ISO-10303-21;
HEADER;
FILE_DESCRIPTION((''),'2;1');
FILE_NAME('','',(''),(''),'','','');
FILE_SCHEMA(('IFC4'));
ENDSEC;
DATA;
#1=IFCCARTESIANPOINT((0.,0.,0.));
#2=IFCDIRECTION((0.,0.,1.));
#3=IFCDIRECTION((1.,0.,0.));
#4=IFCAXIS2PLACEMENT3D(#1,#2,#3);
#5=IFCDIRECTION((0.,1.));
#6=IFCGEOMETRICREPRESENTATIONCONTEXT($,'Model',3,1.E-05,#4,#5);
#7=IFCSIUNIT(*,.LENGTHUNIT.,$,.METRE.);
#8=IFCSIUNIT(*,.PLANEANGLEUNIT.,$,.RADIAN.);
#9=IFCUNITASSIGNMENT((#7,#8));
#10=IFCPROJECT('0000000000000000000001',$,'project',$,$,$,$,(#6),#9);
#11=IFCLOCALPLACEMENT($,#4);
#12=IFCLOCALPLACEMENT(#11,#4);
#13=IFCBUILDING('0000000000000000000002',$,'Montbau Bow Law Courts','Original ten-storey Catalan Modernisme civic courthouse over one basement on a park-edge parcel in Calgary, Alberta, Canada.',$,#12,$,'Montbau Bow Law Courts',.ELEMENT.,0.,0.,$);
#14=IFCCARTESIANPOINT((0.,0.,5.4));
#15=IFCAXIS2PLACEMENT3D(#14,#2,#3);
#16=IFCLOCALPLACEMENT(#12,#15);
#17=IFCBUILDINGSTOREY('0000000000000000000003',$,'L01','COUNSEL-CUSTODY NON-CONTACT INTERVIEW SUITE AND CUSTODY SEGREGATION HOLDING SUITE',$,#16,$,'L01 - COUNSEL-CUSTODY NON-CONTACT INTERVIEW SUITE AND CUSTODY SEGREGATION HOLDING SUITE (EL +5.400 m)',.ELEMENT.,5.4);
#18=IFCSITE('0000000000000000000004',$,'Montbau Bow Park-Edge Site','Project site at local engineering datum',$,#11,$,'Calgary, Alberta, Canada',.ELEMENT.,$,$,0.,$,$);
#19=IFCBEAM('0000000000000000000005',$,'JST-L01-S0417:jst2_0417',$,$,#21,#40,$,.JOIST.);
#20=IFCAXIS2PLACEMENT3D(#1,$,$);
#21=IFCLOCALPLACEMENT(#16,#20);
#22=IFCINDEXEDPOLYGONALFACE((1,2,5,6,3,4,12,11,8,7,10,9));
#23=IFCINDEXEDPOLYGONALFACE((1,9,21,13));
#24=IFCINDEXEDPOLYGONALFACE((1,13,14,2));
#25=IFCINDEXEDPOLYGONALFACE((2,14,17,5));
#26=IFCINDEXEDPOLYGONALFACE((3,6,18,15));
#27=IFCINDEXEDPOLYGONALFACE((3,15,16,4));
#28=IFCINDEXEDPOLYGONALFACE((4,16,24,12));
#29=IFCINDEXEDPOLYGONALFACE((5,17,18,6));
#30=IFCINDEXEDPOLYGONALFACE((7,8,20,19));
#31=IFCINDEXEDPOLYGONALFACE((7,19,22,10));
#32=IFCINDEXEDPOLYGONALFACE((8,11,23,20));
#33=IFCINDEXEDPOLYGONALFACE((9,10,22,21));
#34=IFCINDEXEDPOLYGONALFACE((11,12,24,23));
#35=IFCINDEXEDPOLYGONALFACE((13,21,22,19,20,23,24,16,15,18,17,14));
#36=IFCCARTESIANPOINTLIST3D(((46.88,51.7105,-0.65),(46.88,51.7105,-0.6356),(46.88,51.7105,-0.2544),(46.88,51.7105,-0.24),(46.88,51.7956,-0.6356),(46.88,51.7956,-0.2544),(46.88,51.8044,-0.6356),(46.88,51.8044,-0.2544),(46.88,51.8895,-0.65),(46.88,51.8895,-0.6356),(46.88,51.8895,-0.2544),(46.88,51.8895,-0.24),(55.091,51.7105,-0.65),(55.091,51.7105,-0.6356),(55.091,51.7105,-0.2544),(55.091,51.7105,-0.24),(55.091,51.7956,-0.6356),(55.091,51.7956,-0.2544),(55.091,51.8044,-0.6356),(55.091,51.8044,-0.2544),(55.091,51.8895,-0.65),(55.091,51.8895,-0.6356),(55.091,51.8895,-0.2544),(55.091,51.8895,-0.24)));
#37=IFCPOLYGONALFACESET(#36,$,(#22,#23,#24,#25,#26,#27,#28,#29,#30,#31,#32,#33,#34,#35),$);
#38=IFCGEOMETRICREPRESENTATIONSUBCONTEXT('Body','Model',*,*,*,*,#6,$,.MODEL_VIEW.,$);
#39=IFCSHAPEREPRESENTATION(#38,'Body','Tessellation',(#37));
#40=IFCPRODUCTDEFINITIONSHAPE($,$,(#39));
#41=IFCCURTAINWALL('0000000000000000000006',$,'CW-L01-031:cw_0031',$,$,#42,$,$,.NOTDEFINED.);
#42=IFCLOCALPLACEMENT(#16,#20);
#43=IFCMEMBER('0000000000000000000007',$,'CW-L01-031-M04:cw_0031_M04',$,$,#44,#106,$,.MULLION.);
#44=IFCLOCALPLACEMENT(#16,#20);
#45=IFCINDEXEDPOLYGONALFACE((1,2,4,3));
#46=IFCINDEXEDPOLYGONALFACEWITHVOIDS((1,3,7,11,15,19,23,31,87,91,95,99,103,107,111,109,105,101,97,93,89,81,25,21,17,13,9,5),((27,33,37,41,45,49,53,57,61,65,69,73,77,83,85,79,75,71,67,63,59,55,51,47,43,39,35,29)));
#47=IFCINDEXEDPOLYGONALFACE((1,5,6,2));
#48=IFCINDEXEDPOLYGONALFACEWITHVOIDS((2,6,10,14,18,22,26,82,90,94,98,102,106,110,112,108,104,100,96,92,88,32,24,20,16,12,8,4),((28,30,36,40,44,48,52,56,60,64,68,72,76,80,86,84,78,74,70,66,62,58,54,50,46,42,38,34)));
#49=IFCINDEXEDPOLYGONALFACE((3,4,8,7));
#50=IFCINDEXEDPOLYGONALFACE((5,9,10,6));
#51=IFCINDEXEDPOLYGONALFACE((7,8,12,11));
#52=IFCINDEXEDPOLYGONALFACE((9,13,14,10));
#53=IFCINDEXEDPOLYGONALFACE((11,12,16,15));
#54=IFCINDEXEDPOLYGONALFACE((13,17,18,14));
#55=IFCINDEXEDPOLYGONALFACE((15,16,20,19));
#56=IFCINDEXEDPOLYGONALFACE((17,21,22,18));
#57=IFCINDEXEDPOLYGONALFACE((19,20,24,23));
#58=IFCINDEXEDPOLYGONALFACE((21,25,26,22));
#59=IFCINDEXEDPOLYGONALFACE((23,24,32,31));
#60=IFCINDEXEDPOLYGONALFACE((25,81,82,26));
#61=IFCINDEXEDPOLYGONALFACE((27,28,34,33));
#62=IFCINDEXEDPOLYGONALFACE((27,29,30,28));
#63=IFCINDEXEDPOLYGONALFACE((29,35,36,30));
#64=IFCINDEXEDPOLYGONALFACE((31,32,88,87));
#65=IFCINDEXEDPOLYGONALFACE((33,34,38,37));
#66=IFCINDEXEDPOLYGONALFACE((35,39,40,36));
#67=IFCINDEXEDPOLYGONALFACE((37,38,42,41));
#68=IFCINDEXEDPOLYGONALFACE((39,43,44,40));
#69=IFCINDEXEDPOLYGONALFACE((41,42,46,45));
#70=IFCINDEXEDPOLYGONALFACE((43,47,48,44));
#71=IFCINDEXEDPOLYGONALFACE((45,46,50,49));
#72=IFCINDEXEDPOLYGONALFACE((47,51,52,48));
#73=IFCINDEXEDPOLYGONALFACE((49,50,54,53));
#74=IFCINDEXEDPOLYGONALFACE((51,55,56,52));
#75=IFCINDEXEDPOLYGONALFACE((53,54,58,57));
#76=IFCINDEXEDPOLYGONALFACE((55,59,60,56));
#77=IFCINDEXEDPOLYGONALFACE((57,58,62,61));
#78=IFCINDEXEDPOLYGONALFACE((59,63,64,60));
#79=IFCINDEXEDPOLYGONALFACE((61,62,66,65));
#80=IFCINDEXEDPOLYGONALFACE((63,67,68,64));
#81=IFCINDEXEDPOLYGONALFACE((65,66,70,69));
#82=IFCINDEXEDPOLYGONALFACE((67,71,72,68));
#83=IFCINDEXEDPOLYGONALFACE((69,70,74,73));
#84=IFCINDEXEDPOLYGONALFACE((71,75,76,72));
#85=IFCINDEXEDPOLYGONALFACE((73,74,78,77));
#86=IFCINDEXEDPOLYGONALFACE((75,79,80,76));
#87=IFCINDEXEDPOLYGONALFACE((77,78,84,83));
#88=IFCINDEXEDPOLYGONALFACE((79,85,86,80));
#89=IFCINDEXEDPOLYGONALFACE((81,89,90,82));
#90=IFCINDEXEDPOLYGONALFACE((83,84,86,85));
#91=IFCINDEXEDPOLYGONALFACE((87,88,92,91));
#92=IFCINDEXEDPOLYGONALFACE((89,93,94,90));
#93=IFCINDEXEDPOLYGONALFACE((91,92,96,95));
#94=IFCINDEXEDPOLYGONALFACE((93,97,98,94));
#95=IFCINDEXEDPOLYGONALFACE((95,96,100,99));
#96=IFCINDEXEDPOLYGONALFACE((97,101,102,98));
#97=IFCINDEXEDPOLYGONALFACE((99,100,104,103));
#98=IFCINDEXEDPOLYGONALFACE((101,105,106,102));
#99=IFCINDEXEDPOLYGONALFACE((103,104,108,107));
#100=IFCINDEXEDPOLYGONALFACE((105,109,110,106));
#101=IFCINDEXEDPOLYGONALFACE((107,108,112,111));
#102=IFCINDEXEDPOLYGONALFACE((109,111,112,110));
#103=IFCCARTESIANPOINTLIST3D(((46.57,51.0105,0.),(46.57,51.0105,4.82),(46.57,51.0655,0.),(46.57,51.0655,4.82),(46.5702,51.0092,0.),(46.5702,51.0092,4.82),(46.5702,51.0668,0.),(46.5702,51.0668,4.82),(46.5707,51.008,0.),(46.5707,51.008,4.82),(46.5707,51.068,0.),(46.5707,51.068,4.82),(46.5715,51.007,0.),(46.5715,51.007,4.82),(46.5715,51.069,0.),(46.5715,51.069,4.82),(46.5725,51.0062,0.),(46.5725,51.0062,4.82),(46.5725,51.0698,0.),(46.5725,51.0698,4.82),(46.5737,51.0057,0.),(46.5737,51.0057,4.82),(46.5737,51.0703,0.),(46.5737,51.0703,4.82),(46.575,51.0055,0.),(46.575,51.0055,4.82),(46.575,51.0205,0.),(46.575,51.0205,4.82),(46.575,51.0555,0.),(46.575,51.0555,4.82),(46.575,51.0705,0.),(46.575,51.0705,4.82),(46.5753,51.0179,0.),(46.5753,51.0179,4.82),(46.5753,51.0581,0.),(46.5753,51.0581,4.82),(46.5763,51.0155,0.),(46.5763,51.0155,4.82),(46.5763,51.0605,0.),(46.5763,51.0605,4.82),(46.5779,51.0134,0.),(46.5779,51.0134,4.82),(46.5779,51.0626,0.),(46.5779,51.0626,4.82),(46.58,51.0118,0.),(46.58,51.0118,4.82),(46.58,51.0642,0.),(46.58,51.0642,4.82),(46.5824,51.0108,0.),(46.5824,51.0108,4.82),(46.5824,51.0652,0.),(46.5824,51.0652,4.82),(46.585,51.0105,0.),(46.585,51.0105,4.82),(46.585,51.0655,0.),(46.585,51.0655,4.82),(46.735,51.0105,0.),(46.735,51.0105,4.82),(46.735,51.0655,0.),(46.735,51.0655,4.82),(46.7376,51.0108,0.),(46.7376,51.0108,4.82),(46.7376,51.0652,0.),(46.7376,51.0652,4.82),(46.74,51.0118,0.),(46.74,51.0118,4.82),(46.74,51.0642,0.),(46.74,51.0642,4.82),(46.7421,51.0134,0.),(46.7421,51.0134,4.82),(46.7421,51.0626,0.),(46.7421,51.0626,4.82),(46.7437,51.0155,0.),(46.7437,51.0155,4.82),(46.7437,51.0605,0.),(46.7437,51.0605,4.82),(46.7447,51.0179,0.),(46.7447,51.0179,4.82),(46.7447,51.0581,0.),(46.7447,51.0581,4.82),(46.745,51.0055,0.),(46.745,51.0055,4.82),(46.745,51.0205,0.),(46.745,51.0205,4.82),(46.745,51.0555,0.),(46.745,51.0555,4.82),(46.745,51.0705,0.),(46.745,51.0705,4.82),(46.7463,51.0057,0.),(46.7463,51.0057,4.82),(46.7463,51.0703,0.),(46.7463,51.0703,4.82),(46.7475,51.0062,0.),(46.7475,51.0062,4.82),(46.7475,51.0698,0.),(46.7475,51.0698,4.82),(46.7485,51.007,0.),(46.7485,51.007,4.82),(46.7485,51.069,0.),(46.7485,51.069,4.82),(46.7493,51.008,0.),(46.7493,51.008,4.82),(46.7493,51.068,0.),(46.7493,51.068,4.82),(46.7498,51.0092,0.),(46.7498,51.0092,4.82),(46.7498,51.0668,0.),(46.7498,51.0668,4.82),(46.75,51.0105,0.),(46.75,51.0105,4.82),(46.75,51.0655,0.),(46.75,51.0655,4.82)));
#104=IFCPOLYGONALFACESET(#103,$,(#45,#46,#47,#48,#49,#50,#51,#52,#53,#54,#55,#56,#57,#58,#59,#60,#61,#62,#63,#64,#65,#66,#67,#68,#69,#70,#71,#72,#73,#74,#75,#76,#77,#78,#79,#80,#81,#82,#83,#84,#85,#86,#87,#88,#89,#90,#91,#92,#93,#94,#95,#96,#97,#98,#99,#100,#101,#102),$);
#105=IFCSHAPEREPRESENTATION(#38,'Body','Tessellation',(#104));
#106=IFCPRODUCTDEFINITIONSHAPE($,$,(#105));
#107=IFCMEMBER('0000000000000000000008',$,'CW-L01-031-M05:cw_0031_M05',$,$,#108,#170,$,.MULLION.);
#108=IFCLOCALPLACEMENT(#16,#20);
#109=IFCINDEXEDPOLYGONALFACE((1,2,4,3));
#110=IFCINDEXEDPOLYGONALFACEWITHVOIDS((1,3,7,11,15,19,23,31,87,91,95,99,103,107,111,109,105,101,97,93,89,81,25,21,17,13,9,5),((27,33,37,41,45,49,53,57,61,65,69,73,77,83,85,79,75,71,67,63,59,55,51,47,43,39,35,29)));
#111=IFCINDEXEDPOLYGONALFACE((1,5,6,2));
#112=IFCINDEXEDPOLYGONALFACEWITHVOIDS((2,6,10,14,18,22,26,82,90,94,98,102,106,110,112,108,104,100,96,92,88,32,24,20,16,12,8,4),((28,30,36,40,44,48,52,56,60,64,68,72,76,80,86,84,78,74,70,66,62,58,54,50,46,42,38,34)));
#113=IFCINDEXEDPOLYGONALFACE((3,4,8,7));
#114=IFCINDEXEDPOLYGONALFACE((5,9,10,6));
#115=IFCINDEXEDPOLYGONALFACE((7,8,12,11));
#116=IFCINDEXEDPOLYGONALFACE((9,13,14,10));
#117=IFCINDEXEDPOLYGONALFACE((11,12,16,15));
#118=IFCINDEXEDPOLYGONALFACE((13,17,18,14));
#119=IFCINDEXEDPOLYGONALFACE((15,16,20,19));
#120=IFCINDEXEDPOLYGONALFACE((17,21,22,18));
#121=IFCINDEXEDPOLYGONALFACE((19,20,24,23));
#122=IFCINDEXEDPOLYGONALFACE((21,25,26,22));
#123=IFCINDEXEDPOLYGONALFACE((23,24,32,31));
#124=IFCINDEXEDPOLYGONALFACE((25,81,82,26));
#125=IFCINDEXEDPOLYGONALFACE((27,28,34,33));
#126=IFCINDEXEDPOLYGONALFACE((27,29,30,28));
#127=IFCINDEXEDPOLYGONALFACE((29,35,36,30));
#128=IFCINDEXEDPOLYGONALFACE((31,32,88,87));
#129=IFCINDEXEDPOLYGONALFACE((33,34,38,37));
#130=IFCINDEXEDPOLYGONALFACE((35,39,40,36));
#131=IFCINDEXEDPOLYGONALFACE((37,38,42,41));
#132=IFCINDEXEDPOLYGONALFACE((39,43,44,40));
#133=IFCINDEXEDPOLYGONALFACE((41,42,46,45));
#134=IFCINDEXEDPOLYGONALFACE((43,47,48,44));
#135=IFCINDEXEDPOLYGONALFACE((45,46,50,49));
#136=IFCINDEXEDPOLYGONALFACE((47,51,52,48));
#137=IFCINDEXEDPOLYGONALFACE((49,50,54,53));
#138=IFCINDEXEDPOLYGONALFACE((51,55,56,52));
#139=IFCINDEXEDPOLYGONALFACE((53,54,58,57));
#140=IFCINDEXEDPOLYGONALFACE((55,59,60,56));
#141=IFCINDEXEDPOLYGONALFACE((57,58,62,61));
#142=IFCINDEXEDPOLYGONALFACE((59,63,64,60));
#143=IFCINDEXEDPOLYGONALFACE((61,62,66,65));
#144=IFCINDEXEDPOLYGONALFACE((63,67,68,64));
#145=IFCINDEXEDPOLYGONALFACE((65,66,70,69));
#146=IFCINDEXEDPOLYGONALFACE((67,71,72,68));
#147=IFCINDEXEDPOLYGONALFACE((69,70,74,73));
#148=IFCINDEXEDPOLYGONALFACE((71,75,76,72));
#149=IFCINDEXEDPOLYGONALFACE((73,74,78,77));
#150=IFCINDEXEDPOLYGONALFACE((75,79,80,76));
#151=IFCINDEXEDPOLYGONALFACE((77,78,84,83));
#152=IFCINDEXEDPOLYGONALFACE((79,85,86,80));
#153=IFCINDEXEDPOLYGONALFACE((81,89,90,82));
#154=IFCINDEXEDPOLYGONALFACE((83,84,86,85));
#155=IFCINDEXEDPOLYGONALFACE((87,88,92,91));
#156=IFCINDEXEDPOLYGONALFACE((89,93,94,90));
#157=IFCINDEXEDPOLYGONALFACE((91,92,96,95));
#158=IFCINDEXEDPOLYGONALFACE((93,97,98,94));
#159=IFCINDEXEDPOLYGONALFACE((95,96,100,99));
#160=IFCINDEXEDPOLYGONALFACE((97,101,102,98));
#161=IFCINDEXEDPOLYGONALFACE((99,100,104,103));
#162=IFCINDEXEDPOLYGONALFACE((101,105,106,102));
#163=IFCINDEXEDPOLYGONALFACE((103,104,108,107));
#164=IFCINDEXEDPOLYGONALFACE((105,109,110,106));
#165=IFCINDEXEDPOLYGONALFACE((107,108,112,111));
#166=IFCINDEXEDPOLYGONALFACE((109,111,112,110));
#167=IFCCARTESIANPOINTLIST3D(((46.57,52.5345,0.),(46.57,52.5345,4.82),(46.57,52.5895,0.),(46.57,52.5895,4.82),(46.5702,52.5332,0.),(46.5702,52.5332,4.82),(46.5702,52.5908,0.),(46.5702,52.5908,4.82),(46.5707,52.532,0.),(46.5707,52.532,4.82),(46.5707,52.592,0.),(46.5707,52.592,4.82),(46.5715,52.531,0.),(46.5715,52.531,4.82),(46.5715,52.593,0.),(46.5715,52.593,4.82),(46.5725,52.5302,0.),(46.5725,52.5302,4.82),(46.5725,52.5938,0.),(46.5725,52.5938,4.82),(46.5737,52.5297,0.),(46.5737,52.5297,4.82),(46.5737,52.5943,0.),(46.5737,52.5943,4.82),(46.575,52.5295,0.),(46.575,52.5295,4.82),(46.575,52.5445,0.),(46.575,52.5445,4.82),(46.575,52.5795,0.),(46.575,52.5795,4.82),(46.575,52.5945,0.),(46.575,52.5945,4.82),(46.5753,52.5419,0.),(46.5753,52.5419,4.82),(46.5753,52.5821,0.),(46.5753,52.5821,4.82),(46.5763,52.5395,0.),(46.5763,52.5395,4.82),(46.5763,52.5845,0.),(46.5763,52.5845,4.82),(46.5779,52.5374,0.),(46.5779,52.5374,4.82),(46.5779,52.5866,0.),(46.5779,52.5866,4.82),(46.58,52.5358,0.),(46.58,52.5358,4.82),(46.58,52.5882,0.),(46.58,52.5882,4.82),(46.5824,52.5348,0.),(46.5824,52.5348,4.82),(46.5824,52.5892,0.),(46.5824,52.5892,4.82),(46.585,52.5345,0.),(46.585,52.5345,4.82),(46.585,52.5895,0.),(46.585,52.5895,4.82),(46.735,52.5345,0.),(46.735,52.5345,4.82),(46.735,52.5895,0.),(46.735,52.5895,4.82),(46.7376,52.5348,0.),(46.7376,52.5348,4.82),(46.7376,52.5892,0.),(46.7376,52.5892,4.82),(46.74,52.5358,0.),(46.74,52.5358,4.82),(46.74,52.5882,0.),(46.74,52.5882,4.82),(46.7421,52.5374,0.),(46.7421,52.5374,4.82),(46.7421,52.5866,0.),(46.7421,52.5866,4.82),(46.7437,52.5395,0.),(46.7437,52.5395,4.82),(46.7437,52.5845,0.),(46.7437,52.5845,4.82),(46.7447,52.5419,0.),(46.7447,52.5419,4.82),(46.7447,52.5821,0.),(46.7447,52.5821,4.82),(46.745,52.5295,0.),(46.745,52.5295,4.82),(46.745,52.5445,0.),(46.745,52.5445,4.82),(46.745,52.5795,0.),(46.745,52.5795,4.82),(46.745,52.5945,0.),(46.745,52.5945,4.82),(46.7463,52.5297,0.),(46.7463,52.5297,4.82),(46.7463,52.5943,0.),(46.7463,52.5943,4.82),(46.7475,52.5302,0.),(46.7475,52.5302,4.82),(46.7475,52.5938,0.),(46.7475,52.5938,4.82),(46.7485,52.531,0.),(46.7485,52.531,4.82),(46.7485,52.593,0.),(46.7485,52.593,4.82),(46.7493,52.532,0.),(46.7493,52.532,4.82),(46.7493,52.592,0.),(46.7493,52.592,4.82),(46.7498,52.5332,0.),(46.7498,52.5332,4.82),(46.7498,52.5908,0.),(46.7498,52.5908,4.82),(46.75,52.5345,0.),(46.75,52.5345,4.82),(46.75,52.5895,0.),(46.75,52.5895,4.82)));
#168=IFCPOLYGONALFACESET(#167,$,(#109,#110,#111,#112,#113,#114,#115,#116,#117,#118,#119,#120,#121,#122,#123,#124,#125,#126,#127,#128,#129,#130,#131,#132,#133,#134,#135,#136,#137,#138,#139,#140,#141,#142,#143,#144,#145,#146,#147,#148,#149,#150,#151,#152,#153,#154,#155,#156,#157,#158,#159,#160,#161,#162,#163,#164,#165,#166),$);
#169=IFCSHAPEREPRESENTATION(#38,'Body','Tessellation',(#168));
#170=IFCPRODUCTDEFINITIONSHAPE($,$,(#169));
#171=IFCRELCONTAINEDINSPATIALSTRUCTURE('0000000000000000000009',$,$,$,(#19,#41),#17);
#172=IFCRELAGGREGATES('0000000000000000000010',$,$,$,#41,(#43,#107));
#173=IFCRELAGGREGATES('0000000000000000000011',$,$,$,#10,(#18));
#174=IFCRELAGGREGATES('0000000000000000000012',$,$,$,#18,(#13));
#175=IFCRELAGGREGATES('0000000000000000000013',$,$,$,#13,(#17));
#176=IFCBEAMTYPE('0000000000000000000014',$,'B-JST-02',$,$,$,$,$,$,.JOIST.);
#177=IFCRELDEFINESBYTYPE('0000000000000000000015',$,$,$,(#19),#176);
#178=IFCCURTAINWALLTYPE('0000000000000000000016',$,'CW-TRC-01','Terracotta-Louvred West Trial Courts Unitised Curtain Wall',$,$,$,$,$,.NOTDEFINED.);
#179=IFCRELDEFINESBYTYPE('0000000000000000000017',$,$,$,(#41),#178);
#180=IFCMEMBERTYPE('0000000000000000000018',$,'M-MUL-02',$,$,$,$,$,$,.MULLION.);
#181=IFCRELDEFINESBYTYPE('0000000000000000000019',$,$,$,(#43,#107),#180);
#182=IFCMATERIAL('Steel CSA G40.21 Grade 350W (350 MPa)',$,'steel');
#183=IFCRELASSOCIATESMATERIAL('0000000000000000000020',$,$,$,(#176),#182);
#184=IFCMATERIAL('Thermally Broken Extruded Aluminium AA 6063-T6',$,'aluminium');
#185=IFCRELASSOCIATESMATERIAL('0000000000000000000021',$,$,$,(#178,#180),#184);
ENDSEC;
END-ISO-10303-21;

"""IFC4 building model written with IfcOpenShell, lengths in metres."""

from ifc_helpers import new_model, si_unit, direction, frame, origin_with_axes, origin_2d_with_axis, place, context, subcontext, project, spatial, hollow_rectangle, i_section, extrude, material, material_profile, profile_set, type_object, element, aggregate, save


model = new_model("IFC4")

# Units and contexts
model_context = context("Model", 3, precision=1e-05, world=origin_with_axes(), true_north=direction((0.0, 1.0)))
body_context = subcontext(model_context, "Body", "Model", "MODEL_VIEW")
ifc_project = project(units=[si_unit("LENGTHUNIT", "METRE"), si_unit("PLANEANGLEUNIT", "RADIAN")], contexts=[model_context])

# Site, building, storey
site_placement = place(None, origin_with_axes())
site = spatial("IfcSite", under=ifc_project, at=site_placement, Name="Montbau Bow Park-Edge Site", Description="Project site at local engineering datum", LongName="Calgary, Alberta, Canada", CompositionType="ELEMENT", RefElevation=0.0)
building_placement = place(site_placement, origin_with_axes())
building = spatial("IfcBuilding", under=site, at=building_placement, Name="Montbau Bow Law Courts", Description="Original ten-storey Catalan Modernisme civic courthouse over one basement on a park-edge parcel in Calgary, Alberta, Canada.", LongName="Montbau Bow Law Courts", CompositionType="ELEMENT", ElevationOfRefHeight=0.0, ElevationOfTerrain=0.0)
storey_placement = place(building_placement, frame((0.0, 0.0, 5.4), z_axis=(0.0, 0.0, 1.0), x_axis=(1.0, 0.0, 0.0)))
storey = spatial("IfcBuildingStorey", under=building, at=storey_placement, Name="L01", Description="COUNSEL-CUSTODY NON-CONTACT INTERVIEW SUITE AND CUSTODY SEGREGATION HOLDING SUITE", LongName="L01 - COUNSEL-CUSTODY NON-CONTACT INTERVIEW SUITE AND CUSTODY SEGREGATION HOLDING SUITE (EL +5.400 m)", CompositionType="ELEMENT", Elevation=5.4)

# Beam
ifc_material_1 = material(Name="Steel CSA G40.21 Grade 350W (350 MPa)", Category="steel")
ifc_material_profile_1 = material_profile(ifc_material_1, i_section(OverallWidth=0.179, OverallDepth=0.41, WebThickness=0.0088, FlangeThickness=0.0144, at=origin_2d_with_axis()), Name="W410X67", Category="Main", Priority=0)
ifc_profile_set_1 = profile_set([ifc_material_profile_1], Name="Steel CSA G40.21 Grade 350W (350 MPa)")
beam_type = type_object("IfcBeamType", Name="B-JST-02", PredefinedType="JOIST", material=ifc_profile_set_1)
beam_placement = place(None, frame((46.88, 51.8, 4.955), z_axis=(1.0, 0.0, 0.0), x_axis=(0.0, 1.0, 0.0)))
element("IfcBeam", 1, at=beam_placement, inside=storey, type_object=beam_type, Name="JST-L01-S0417:jst2_0417", PredefinedType="JOIST", context=body_context, shape_type="SweptSolid", body=[
    extrude(i_section(OverallWidth=0.179, OverallDepth=0.41, WebThickness=0.0088, FlangeThickness=0.0144, at=origin_2d_with_axis()), origin_with_axes(), (0.0, 0.0, 1.0), 8.211),
])

# Curtain wall, members
ifc_material_2 = material(Name="Thermally Broken Extruded Aluminium AA 6063-T6", Category="aluminium")
curtain_wall_type_1 = type_object("IfcCurtainWallType", Name="CW-TRC-01", Description="Terracotta-Louvred West Trial Courts Unitised Curtain Wall", PredefinedType="NOTDEFINED", material=ifc_material_2)
curtain_wall_1_placement = place(None, frame((46.66, 46.468, 5.4), z_axis=(0.0, 0.0, 1.0), x_axis=(1.0, 0.0, 0.0)))
curtain_wall_1 = element("IfcCurtainWall", 2, at=curtain_wall_1_placement, inside=storey, type_object=curtain_wall_type_1, Name="CW-L01-031:cw_0031", PredefinedType="NOTDEFINED")
ifc_material_profile_2 = material_profile(ifc_material_2, hollow_rectangle(XDim=0.065, YDim=0.18, WallThickness=0.005, InnerFilletRadius=0.01, OuterFilletRadius=0.005, at=origin_2d_with_axis()), Name="CWM-180X65", Category="Main", Priority=0)
ifc_profile_set_2 = profile_set([ifc_material_profile_2], Name="Thermally Broken Extruded Aluminium AA 6063-T6")
member_type_1 = type_object("IfcMemberType", Name="M-MUL-02", PredefinedType="MULLION", material=ifc_profile_set_2)
member_1_placement = place(None, frame((46.66, 51.038, 5.4), z_axis=(0.0, 0.0, 1.0), x_axis=(0.0, 1.0, 0.0)))
member_1 = element("IfcMember", 3, at=member_1_placement, type_object=member_type_1, Name="CW-L01-031-M04:cw_0031_M04", PredefinedType="MULLION", context=body_context, shape_type="SweptSolid", body=[
    extrude(hollow_rectangle(XDim=0.065, YDim=0.18, WallThickness=0.005, InnerFilletRadius=0.01, OuterFilletRadius=0.005, at=origin_2d_with_axis()), origin_with_axes(), (0.0, 0.0, 1.0), 4.82),
])
member_2_placement = place(None, frame((46.66, 52.562, 5.4), z_axis=(0.0, 0.0, 1.0), x_axis=(0.0, 1.0, 0.0)))
member_2 = element("IfcMember", 4, at=member_2_placement, type_object=member_type_1, Name="CW-L01-031-M05:cw_0031_M05", PredefinedType="MULLION", context=body_context, shape_type="SweptSolid", body=[
    extrude(hollow_rectangle(XDim=0.065, YDim=0.18, WallThickness=0.005, InnerFilletRadius=0.01, OuterFilletRadius=0.005, at=origin_2d_with_axis()), origin_with_axes(), (0.0, 0.0, 1.0), 4.82),
])

aggregate(curtain_wall_1, [member_1, member_2])

save(model, "model.ifc")
